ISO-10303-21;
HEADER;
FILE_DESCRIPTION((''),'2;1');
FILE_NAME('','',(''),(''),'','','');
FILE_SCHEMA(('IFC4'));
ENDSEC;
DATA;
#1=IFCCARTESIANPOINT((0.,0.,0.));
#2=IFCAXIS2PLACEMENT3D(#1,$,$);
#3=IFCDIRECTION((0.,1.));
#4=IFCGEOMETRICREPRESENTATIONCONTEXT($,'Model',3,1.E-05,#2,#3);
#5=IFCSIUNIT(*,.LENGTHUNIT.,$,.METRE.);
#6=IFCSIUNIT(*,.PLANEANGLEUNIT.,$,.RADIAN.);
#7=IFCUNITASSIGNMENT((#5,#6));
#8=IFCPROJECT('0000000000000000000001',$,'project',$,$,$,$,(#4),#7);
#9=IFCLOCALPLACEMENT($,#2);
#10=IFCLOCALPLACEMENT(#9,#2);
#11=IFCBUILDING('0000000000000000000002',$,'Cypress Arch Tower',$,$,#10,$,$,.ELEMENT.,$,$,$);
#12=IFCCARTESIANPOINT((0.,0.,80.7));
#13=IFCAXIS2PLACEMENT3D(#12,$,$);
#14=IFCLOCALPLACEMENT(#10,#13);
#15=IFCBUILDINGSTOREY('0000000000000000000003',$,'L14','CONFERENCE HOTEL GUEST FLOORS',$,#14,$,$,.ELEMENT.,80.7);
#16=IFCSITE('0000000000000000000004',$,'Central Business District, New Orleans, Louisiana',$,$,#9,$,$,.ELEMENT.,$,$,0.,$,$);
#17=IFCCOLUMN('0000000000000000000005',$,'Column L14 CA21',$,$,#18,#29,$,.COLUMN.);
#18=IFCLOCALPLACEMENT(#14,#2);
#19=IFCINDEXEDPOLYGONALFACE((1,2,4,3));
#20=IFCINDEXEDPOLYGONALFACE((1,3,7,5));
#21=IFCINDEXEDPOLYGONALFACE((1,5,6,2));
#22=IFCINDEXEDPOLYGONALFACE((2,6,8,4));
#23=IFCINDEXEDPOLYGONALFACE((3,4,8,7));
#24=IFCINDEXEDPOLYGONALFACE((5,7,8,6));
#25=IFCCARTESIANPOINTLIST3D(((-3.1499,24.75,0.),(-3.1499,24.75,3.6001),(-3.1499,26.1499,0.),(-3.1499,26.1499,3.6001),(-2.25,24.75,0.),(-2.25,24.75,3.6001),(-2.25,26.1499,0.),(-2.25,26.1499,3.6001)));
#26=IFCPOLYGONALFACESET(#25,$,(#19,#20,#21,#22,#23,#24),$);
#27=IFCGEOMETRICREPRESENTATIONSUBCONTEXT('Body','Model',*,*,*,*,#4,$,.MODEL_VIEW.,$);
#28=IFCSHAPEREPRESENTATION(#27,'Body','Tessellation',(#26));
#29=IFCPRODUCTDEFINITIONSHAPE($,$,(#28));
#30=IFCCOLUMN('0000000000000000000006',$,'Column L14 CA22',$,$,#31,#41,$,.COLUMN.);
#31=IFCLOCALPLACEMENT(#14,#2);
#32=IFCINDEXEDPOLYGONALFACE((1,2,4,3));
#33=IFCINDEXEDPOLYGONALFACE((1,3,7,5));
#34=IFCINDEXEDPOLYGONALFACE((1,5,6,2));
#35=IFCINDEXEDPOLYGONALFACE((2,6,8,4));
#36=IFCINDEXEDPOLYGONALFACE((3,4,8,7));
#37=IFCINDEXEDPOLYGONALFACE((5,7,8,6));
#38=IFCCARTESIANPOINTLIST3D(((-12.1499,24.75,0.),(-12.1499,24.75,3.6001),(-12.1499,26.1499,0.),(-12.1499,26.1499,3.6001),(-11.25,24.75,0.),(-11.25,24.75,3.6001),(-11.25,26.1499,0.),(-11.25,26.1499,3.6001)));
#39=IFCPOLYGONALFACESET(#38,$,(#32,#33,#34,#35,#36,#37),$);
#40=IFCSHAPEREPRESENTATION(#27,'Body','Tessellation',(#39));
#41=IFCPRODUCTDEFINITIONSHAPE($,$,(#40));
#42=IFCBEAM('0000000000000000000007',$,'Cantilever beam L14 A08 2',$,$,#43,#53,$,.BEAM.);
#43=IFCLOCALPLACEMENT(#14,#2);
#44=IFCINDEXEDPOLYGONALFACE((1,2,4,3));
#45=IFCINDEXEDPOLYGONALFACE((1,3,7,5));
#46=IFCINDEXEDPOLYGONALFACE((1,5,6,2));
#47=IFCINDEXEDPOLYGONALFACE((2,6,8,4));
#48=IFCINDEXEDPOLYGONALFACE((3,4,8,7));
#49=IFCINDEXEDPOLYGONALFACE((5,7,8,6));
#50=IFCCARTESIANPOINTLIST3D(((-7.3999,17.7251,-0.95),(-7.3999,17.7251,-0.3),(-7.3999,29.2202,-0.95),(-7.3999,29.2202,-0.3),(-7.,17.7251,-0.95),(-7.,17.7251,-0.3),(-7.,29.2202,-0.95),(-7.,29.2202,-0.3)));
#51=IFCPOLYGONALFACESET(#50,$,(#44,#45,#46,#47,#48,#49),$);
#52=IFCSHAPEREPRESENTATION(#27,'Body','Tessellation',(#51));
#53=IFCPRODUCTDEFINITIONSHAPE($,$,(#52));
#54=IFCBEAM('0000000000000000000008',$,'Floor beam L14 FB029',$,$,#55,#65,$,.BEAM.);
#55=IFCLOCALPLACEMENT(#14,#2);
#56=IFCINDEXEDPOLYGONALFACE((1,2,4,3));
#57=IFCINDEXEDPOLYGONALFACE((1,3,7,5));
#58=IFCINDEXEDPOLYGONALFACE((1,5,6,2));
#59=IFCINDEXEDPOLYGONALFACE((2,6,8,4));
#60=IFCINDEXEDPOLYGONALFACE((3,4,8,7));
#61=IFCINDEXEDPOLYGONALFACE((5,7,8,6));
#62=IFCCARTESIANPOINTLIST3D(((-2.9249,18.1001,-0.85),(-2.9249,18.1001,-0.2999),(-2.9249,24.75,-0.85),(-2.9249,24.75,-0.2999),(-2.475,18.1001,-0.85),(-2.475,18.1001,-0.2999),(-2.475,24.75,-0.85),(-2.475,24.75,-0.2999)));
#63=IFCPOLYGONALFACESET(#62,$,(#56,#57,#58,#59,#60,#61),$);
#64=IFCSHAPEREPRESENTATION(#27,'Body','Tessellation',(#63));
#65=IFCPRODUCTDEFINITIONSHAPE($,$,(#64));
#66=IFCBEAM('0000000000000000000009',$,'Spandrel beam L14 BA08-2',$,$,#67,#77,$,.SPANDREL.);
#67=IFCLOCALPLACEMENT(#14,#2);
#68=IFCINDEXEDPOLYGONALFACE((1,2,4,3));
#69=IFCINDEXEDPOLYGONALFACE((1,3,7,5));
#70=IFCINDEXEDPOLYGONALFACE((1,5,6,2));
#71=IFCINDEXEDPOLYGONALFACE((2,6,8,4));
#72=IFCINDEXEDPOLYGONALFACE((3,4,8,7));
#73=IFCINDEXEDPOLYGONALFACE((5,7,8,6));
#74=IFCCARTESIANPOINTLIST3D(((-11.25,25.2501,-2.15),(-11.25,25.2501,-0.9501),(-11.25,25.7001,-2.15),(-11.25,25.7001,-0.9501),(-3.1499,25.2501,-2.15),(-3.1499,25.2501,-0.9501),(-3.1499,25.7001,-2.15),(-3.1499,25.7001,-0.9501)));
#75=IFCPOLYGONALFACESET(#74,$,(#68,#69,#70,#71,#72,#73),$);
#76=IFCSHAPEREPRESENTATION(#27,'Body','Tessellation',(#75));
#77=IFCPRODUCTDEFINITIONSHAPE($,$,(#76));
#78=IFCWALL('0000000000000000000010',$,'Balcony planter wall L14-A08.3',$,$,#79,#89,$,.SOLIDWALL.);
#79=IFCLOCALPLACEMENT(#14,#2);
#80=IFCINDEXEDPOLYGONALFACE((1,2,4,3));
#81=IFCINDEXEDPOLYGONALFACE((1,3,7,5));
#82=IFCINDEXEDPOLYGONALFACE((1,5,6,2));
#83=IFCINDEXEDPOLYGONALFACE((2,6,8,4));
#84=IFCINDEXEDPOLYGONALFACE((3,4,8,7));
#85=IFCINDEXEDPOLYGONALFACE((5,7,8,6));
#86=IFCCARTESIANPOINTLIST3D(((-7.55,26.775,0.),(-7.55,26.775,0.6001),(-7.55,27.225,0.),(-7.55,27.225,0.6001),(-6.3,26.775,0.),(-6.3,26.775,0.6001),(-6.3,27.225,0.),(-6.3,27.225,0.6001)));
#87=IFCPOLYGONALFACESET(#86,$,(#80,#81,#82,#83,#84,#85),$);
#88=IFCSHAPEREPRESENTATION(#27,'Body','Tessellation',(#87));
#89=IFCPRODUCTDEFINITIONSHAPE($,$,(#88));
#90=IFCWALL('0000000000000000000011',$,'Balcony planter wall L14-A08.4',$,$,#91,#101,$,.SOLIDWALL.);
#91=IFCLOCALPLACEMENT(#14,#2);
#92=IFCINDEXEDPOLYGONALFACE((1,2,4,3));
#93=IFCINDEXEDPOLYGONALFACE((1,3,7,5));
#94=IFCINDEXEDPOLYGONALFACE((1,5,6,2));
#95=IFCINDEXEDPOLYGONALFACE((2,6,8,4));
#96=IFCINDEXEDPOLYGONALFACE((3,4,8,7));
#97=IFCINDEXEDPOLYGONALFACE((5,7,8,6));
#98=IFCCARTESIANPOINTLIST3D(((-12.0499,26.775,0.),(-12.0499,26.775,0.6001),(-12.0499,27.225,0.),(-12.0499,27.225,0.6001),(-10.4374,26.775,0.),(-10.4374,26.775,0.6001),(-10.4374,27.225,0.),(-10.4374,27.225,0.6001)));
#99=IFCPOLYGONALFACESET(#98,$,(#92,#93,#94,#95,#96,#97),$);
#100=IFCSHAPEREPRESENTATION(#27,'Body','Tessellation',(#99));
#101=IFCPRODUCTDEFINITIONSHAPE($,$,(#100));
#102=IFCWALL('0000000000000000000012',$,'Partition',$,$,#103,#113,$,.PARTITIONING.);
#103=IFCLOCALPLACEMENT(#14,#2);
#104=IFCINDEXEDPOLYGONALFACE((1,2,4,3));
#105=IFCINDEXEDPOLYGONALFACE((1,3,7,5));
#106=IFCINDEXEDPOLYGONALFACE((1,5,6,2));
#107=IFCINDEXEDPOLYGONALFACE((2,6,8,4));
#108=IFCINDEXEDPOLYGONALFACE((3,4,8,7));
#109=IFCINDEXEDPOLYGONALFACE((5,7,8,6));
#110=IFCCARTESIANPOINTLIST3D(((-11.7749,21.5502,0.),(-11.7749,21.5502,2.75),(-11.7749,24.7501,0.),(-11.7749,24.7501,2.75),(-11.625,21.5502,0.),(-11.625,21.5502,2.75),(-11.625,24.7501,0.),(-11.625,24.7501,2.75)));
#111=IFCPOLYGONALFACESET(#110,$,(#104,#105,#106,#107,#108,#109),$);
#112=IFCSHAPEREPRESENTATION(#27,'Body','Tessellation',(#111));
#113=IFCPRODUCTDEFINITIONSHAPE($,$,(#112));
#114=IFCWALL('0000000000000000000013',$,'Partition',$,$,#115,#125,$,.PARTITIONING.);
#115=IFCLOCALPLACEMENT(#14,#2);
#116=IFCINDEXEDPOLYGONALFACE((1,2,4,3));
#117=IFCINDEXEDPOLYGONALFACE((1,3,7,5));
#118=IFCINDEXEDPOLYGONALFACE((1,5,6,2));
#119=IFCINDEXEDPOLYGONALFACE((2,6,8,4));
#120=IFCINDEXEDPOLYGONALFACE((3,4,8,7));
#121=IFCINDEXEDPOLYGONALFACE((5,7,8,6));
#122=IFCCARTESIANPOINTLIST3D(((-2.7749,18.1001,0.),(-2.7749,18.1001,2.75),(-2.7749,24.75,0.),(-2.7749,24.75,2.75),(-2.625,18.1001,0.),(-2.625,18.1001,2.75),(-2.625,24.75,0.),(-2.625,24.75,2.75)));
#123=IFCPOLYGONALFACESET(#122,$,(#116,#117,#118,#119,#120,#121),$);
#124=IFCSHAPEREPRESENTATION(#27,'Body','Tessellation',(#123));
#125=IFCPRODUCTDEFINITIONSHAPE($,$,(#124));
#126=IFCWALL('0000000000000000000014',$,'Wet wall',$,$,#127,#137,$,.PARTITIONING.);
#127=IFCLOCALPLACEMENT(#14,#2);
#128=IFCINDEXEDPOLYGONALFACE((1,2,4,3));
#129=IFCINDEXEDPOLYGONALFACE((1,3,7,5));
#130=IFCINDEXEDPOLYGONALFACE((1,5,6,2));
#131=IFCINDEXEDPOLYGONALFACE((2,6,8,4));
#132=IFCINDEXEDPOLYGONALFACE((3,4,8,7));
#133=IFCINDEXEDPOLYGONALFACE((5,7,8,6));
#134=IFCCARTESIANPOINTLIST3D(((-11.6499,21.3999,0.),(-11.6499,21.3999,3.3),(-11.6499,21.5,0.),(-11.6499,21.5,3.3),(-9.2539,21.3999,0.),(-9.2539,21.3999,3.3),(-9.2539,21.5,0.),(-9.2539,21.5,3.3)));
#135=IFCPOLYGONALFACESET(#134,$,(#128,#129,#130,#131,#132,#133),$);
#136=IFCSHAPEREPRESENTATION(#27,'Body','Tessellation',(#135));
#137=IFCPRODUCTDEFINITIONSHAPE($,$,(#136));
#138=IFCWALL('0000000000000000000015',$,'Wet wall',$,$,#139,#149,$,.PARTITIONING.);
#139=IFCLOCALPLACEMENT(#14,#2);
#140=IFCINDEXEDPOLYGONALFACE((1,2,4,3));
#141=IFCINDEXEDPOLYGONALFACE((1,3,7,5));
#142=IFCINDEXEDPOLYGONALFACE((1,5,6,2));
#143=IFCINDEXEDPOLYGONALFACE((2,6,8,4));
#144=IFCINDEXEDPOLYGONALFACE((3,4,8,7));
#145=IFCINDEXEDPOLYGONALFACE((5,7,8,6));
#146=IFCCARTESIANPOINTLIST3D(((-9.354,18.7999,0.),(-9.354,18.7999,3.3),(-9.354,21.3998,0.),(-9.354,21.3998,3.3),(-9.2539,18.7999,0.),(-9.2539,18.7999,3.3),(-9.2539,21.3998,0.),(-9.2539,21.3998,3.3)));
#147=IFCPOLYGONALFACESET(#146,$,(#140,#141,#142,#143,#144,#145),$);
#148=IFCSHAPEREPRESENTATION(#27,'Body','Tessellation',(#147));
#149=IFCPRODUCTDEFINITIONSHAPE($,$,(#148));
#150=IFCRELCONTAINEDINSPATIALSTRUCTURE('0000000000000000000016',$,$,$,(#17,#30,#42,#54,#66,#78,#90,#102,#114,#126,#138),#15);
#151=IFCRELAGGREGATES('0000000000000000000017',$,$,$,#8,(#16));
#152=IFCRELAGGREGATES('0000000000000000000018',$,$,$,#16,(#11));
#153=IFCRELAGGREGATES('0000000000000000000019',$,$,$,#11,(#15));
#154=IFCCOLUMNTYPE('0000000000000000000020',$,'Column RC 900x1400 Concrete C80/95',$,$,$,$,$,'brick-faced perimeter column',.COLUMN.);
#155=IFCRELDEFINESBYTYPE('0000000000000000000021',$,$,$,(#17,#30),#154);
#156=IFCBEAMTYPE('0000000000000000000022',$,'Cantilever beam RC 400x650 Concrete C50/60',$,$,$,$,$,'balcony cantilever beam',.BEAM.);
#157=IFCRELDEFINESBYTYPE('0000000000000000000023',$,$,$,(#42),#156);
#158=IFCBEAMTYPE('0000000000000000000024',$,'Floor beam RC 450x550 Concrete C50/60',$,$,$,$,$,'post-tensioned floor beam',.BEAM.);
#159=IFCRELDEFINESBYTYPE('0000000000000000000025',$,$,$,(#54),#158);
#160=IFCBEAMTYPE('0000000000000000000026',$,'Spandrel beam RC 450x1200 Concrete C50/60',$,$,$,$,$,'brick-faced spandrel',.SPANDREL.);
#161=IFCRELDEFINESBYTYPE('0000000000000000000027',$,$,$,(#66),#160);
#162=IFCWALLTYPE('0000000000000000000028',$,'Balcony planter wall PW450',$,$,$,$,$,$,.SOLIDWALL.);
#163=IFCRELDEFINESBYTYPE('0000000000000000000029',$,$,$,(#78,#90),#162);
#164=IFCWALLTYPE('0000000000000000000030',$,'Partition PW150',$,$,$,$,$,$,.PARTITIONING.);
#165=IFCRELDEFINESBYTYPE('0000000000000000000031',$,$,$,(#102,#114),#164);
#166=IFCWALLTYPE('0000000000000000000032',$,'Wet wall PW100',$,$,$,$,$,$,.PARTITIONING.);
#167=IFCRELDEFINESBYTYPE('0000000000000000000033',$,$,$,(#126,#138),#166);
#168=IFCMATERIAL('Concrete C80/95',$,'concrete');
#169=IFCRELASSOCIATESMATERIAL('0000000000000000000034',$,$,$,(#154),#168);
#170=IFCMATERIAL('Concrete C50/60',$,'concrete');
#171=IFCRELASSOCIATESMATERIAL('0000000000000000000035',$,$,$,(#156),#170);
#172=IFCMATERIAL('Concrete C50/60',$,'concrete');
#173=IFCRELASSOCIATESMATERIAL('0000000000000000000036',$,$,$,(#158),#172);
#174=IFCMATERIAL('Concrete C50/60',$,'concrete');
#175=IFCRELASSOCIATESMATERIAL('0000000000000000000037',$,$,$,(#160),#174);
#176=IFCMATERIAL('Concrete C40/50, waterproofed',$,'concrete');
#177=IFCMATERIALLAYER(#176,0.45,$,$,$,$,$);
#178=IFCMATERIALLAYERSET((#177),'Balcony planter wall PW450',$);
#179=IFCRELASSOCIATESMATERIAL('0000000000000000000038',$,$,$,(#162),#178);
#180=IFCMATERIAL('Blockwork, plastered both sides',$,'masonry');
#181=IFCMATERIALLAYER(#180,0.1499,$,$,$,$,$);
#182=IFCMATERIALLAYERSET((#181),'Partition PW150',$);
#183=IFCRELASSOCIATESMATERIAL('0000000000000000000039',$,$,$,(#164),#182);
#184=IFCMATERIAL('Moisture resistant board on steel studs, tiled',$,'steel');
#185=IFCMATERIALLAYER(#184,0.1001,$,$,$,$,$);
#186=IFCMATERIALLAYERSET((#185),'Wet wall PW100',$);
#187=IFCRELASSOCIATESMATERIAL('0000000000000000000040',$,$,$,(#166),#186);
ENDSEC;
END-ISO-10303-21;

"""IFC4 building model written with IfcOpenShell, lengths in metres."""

from ifc_helpers import new_model, si_unit, direction, frame, frame_2d, origin, origin_2d, place, context, subcontext, project, spatial, rectangle, extrude, material, layer, layer_set, material_profile, profile_set, type_object, element, save


model = new_model("IFC4")

# Units and contexts
model_context = context("Model", 3, precision=1e-05, world=origin(), true_north=direction((0.0, 1.0)))
body_context = subcontext(model_context, "Body", "Model", "MODEL_VIEW")
ifc_project = project(units=[si_unit("LENGTHUNIT", "METRE"), si_unit("PLANEANGLEUNIT", "RADIAN")], contexts=[model_context])

# Site, building, storey
site_placement = place(None, origin())
site = spatial("IfcSite", under=ifc_project, at=site_placement, Name="Central Business District, New Orleans, Louisiana", CompositionType="ELEMENT", RefElevation=0.0)
building_placement = place(site_placement, origin())
building = spatial("IfcBuilding", under=site, at=building_placement, Name="Cypress Arch Tower", CompositionType="ELEMENT")
storey_placement = place(building_placement, frame((0.0, 0.0, 80.7)))
storey = spatial("IfcBuildingStorey", under=building, at=storey_placement, Name="L14", Description="CONFERENCE HOTEL GUEST FLOORS", CompositionType="ELEMENT", Elevation=80.7)

# Columns
ifc_material_1 = material(Name="Concrete C80/95", Category="concrete")
ifc_material_profile_1 = material_profile(ifc_material_1, rectangle(XDim=0.8999, YDim=1.3999, at=origin_2d()), Name="RC 900x1400")
ifc_profile_set_1 = profile_set([ifc_material_profile_1], Name="Concrete C80/95")
column_type = type_object("IfcColumnType", Name="Column RC 900x1400 Concrete C80/95", ElementType="brick-faced perimeter column", PredefinedType="COLUMN", material=ifc_profile_set_1)
for number, where, z_axis, x_axis, name in (
    (1, (-2.7, 25.45, 0.0), (0.0, 0.0, 1.0), (-1.0, 0.0, 0.0), "Column L14 CA21"),
    (2, (-11.7, 25.45, 0.0), (0.0, 0.0, 1.0), (-1.0, 0.0, 0.0), "Column L14 CA22"),
):
    element("IfcColumn", number, at=place(storey_placement, frame(where, z_axis=z_axis, x_axis=x_axis)), inside=storey, type_object=column_type, Name=name, PredefinedType="COLUMN", context=body_context, shape_type="SweptSolid", body=[
        extrude(rectangle(XDim=0.8999, YDim=1.3999, at=origin_2d()), origin(), (0.0, 0.0, 1.0), 3.6001),
    ])

# Beams
ifc_material_2 = material(Name="Concrete C50/60", Category="concrete")
ifc_material_profile_2 = material_profile(ifc_material_2, rectangle(XDim=0.3999, YDim=0.6499, at=origin_2d()), Name="RC 400x650")
ifc_profile_set_2 = profile_set([ifc_material_profile_2], Name="Concrete C50/60")
beam_type_1 = type_object("IfcBeamType", Name="Cantilever beam RC 400x650 Concrete C50/60", ElementType="balcony cantilever beam", PredefinedType="BEAM", material=ifc_profile_set_2)
beam_1_placement = place(storey_placement, frame((-7.2, 17.7251, -0.625), z_axis=(0.0, 1.0, 0.0), x_axis=(-1.0, 0.0, 0.0)))
element("IfcBeam", 3, at=beam_1_placement, inside=storey, type_object=beam_type_1, Name="Cantilever beam L14 A08 2", PredefinedType="BEAM", context=body_context, shape_type="SweptSolid", body=[
    extrude(rectangle(XDim=0.3999, YDim=0.6499, at=origin_2d()), origin(), (0.0, 0.0, 1.0), 11.4951),
])
ifc_material_3 = material(Name="Concrete C50/60", Category="concrete")
ifc_material_profile_3 = material_profile(ifc_material_3, rectangle(XDim=0.45, YDim=0.55, at=origin_2d()), Name="RC 450x550")
ifc_profile_set_3 = profile_set([ifc_material_profile_3], Name="Concrete C50/60")
beam_type_2 = type_object("IfcBeamType", Name="Floor beam RC 450x550 Concrete C50/60", ElementType="post-tensioned floor beam", PredefinedType="BEAM", material=ifc_profile_set_3)
beam_2_placement = place(storey_placement, frame((-2.7, 18.1001, -0.575), z_axis=(0.0, 1.0, 0.0), x_axis=(-1.0, 0.0, 0.0)))
element("IfcBeam", 4, at=beam_2_placement, inside=storey, type_object=beam_type_2, Name="Floor beam L14 FB029", PredefinedType="BEAM", context=body_context, shape_type="SweptSolid", body=[
    extrude(rectangle(XDim=0.45, YDim=0.55, at=origin_2d()), origin(), (0.0, 0.0, 1.0), 6.6499),
])
ifc_material_4 = material(Name="Concrete C50/60", Category="concrete")
ifc_material_profile_4 = material_profile(ifc_material_4, rectangle(XDim=0.45, YDim=1.2, at=origin_2d()), Name="RC 450x1200")
ifc_profile_set_4 = profile_set([ifc_material_profile_4], Name="Concrete C50/60")
beam_type_3 = type_object("IfcBeamType", Name="Spandrel beam RC 450x1200 Concrete C50/60", ElementType="brick-faced spandrel", PredefinedType="SPANDREL", material=ifc_profile_set_4)
beam_3_placement = place(storey_placement, frame((-3.1499, 25.4751, -1.55), z_axis=(-1.0, 0.0, 0.0), x_axis=(0.0, -1.0, 0.0)))
element("IfcBeam", 5, at=beam_3_placement, inside=storey, type_object=beam_type_3, Name="Spandrel beam L14 BA08-2", PredefinedType="SPANDREL", context=body_context, shape_type="SweptSolid", body=[
    extrude(rectangle(XDim=0.45, YDim=1.2, at=origin_2d()), origin(), (0.0, 0.0, 1.0), 8.1001),
])

# Walls
ifc_material_5 = material(Name="Concrete C40/50, waterproofed", Category="concrete")
ifc_layer_1 = layer(ifc_material_5, 0.45)
ifc_layer_set_1 = layer_set([ifc_layer_1], Name="Balcony planter wall PW450")
wall_type_1 = type_object("IfcWallType", Name="Balcony planter wall PW450", PredefinedType="SOLIDWALL", material=ifc_layer_set_1)
wall_1_placement = place(storey_placement, frame((-6.3, 27.0, 0.0), z_axis=(0.0, 0.0, 1.0), x_axis=(-1.0, 0.0, 0.0)))
element("IfcWall", 6, at=wall_1_placement, inside=storey, type_object=wall_type_1, Name="Balcony planter wall L14-A08.3", PredefinedType="SOLIDWALL", context=body_context, shape_type="SweptSolid", body=[
    extrude(rectangle(XDim=1.25, YDim=0.45, at=frame_2d((0.625, 0.0))), origin(), (0.0, 0.0, 1.0), 0.6001),
])
wall_2_placement = place(storey_placement, frame((-10.4375, 27.0, 0.0), z_axis=(0.0, 0.0, 1.0), x_axis=(-1.0, 0.0, 0.0)))
element("IfcWall", 7, at=wall_2_placement, inside=storey, type_object=wall_type_1, Name="Balcony planter wall L14-A08.4", PredefinedType="SOLIDWALL", context=body_context, shape_type="SweptSolid", body=[
    extrude(rectangle(XDim=1.6125, YDim=0.45, at=frame_2d((0.8062, 0.0))), origin(), (0.0, 0.0, 1.0), 0.6001),
])

# Walls
ifc_material_6 = material(Name="Blockwork, plastered both sides", Category="masonry")
ifc_layer_2 = layer(ifc_material_6, 0.1499)
ifc_layer_set_2 = layer_set([ifc_layer_2], Name="Partition PW150")
wall_type_2 = type_object("IfcWallType", Name="Partition PW150", PredefinedType="PARTITIONING", material=ifc_layer_set_2)
wall_3_placement = place(storey_placement, frame((-11.7, 21.55, 0.0), z_axis=(0.0, 0.0, 1.0), x_axis=(0.0, 1.0, 0.0)))
element("IfcWall", 8, at=wall_3_placement, inside=storey, type_object=wall_type_2, Name="Partition", PredefinedType="PARTITIONING", context=body_context, shape_type="SweptSolid", body=[
    extrude(rectangle(XDim=3.2, YDim=0.1499, at=frame_2d((1.6001, 0.0))), origin(), (0.0, 0.0, 1.0), 2.75),
])
wall_4_placement = place(storey_placement, frame((-2.7, 18.1001, 0.0), z_axis=(0.0, 0.0, 1.0), x_axis=(0.0, 1.0, 0.0)))
element("IfcWall", 9, at=wall_4_placement, inside=storey, type_object=wall_type_2, Name="Partition", PredefinedType="PARTITIONING", context=body_context, shape_type="SweptSolid", body=[
    extrude(rectangle(XDim=6.6499, YDim=0.1499, at=frame_2d((3.325, 0.0))), origin(), (0.0, 0.0, 1.0), 2.75),
])
ifc_material_7 = material(Name="Moisture resistant board on steel studs, tiled", Category="steel")
ifc_layer_3 = layer(ifc_material_7, 0.1001)
ifc_layer_set_3 = layer_set([ifc_layer_3], Name="Wet wall PW100")
wall_type_3 = type_object("IfcWallType", Name="Wet wall PW100", PredefinedType="PARTITIONING", material=ifc_layer_set_3)
wall_5_placement = place(storey_placement, frame((-11.6499, 21.45, 0.0), z_axis=(0.0, 0.0, 1.0), x_axis=(1.0, 0.0, 0.0)))
element("IfcWall", 10, at=wall_5_placement, inside=storey, type_object=wall_type_3, Name="Wet wall", PredefinedType="PARTITIONING", context=body_context, shape_type="SweptSolid", body=[
    extrude(rectangle(XDim=2.396, YDim=0.1001, at=frame_2d((1.198, 0.0))), origin(), (0.0, 0.0, 1.0), 3.3),
])
wall_6_placement = place(storey_placement, frame((-9.304, 18.8, 0.0), z_axis=(0.0, 0.0, 1.0), x_axis=(0.0, 1.0, 0.0)))
element("IfcWall", 11, at=wall_6_placement, inside=storey, type_object=wall_type_3, Name="Wet wall", PredefinedType="PARTITIONING", context=body_context, shape_type="SweptSolid", body=[
    extrude(rectangle(XDim=2.5999, YDim=0.1001, at=frame_2d((1.2998, 0.0))), origin(), (0.0, 0.0, 1.0), 3.3),
])

save(model, "model.ifc")
